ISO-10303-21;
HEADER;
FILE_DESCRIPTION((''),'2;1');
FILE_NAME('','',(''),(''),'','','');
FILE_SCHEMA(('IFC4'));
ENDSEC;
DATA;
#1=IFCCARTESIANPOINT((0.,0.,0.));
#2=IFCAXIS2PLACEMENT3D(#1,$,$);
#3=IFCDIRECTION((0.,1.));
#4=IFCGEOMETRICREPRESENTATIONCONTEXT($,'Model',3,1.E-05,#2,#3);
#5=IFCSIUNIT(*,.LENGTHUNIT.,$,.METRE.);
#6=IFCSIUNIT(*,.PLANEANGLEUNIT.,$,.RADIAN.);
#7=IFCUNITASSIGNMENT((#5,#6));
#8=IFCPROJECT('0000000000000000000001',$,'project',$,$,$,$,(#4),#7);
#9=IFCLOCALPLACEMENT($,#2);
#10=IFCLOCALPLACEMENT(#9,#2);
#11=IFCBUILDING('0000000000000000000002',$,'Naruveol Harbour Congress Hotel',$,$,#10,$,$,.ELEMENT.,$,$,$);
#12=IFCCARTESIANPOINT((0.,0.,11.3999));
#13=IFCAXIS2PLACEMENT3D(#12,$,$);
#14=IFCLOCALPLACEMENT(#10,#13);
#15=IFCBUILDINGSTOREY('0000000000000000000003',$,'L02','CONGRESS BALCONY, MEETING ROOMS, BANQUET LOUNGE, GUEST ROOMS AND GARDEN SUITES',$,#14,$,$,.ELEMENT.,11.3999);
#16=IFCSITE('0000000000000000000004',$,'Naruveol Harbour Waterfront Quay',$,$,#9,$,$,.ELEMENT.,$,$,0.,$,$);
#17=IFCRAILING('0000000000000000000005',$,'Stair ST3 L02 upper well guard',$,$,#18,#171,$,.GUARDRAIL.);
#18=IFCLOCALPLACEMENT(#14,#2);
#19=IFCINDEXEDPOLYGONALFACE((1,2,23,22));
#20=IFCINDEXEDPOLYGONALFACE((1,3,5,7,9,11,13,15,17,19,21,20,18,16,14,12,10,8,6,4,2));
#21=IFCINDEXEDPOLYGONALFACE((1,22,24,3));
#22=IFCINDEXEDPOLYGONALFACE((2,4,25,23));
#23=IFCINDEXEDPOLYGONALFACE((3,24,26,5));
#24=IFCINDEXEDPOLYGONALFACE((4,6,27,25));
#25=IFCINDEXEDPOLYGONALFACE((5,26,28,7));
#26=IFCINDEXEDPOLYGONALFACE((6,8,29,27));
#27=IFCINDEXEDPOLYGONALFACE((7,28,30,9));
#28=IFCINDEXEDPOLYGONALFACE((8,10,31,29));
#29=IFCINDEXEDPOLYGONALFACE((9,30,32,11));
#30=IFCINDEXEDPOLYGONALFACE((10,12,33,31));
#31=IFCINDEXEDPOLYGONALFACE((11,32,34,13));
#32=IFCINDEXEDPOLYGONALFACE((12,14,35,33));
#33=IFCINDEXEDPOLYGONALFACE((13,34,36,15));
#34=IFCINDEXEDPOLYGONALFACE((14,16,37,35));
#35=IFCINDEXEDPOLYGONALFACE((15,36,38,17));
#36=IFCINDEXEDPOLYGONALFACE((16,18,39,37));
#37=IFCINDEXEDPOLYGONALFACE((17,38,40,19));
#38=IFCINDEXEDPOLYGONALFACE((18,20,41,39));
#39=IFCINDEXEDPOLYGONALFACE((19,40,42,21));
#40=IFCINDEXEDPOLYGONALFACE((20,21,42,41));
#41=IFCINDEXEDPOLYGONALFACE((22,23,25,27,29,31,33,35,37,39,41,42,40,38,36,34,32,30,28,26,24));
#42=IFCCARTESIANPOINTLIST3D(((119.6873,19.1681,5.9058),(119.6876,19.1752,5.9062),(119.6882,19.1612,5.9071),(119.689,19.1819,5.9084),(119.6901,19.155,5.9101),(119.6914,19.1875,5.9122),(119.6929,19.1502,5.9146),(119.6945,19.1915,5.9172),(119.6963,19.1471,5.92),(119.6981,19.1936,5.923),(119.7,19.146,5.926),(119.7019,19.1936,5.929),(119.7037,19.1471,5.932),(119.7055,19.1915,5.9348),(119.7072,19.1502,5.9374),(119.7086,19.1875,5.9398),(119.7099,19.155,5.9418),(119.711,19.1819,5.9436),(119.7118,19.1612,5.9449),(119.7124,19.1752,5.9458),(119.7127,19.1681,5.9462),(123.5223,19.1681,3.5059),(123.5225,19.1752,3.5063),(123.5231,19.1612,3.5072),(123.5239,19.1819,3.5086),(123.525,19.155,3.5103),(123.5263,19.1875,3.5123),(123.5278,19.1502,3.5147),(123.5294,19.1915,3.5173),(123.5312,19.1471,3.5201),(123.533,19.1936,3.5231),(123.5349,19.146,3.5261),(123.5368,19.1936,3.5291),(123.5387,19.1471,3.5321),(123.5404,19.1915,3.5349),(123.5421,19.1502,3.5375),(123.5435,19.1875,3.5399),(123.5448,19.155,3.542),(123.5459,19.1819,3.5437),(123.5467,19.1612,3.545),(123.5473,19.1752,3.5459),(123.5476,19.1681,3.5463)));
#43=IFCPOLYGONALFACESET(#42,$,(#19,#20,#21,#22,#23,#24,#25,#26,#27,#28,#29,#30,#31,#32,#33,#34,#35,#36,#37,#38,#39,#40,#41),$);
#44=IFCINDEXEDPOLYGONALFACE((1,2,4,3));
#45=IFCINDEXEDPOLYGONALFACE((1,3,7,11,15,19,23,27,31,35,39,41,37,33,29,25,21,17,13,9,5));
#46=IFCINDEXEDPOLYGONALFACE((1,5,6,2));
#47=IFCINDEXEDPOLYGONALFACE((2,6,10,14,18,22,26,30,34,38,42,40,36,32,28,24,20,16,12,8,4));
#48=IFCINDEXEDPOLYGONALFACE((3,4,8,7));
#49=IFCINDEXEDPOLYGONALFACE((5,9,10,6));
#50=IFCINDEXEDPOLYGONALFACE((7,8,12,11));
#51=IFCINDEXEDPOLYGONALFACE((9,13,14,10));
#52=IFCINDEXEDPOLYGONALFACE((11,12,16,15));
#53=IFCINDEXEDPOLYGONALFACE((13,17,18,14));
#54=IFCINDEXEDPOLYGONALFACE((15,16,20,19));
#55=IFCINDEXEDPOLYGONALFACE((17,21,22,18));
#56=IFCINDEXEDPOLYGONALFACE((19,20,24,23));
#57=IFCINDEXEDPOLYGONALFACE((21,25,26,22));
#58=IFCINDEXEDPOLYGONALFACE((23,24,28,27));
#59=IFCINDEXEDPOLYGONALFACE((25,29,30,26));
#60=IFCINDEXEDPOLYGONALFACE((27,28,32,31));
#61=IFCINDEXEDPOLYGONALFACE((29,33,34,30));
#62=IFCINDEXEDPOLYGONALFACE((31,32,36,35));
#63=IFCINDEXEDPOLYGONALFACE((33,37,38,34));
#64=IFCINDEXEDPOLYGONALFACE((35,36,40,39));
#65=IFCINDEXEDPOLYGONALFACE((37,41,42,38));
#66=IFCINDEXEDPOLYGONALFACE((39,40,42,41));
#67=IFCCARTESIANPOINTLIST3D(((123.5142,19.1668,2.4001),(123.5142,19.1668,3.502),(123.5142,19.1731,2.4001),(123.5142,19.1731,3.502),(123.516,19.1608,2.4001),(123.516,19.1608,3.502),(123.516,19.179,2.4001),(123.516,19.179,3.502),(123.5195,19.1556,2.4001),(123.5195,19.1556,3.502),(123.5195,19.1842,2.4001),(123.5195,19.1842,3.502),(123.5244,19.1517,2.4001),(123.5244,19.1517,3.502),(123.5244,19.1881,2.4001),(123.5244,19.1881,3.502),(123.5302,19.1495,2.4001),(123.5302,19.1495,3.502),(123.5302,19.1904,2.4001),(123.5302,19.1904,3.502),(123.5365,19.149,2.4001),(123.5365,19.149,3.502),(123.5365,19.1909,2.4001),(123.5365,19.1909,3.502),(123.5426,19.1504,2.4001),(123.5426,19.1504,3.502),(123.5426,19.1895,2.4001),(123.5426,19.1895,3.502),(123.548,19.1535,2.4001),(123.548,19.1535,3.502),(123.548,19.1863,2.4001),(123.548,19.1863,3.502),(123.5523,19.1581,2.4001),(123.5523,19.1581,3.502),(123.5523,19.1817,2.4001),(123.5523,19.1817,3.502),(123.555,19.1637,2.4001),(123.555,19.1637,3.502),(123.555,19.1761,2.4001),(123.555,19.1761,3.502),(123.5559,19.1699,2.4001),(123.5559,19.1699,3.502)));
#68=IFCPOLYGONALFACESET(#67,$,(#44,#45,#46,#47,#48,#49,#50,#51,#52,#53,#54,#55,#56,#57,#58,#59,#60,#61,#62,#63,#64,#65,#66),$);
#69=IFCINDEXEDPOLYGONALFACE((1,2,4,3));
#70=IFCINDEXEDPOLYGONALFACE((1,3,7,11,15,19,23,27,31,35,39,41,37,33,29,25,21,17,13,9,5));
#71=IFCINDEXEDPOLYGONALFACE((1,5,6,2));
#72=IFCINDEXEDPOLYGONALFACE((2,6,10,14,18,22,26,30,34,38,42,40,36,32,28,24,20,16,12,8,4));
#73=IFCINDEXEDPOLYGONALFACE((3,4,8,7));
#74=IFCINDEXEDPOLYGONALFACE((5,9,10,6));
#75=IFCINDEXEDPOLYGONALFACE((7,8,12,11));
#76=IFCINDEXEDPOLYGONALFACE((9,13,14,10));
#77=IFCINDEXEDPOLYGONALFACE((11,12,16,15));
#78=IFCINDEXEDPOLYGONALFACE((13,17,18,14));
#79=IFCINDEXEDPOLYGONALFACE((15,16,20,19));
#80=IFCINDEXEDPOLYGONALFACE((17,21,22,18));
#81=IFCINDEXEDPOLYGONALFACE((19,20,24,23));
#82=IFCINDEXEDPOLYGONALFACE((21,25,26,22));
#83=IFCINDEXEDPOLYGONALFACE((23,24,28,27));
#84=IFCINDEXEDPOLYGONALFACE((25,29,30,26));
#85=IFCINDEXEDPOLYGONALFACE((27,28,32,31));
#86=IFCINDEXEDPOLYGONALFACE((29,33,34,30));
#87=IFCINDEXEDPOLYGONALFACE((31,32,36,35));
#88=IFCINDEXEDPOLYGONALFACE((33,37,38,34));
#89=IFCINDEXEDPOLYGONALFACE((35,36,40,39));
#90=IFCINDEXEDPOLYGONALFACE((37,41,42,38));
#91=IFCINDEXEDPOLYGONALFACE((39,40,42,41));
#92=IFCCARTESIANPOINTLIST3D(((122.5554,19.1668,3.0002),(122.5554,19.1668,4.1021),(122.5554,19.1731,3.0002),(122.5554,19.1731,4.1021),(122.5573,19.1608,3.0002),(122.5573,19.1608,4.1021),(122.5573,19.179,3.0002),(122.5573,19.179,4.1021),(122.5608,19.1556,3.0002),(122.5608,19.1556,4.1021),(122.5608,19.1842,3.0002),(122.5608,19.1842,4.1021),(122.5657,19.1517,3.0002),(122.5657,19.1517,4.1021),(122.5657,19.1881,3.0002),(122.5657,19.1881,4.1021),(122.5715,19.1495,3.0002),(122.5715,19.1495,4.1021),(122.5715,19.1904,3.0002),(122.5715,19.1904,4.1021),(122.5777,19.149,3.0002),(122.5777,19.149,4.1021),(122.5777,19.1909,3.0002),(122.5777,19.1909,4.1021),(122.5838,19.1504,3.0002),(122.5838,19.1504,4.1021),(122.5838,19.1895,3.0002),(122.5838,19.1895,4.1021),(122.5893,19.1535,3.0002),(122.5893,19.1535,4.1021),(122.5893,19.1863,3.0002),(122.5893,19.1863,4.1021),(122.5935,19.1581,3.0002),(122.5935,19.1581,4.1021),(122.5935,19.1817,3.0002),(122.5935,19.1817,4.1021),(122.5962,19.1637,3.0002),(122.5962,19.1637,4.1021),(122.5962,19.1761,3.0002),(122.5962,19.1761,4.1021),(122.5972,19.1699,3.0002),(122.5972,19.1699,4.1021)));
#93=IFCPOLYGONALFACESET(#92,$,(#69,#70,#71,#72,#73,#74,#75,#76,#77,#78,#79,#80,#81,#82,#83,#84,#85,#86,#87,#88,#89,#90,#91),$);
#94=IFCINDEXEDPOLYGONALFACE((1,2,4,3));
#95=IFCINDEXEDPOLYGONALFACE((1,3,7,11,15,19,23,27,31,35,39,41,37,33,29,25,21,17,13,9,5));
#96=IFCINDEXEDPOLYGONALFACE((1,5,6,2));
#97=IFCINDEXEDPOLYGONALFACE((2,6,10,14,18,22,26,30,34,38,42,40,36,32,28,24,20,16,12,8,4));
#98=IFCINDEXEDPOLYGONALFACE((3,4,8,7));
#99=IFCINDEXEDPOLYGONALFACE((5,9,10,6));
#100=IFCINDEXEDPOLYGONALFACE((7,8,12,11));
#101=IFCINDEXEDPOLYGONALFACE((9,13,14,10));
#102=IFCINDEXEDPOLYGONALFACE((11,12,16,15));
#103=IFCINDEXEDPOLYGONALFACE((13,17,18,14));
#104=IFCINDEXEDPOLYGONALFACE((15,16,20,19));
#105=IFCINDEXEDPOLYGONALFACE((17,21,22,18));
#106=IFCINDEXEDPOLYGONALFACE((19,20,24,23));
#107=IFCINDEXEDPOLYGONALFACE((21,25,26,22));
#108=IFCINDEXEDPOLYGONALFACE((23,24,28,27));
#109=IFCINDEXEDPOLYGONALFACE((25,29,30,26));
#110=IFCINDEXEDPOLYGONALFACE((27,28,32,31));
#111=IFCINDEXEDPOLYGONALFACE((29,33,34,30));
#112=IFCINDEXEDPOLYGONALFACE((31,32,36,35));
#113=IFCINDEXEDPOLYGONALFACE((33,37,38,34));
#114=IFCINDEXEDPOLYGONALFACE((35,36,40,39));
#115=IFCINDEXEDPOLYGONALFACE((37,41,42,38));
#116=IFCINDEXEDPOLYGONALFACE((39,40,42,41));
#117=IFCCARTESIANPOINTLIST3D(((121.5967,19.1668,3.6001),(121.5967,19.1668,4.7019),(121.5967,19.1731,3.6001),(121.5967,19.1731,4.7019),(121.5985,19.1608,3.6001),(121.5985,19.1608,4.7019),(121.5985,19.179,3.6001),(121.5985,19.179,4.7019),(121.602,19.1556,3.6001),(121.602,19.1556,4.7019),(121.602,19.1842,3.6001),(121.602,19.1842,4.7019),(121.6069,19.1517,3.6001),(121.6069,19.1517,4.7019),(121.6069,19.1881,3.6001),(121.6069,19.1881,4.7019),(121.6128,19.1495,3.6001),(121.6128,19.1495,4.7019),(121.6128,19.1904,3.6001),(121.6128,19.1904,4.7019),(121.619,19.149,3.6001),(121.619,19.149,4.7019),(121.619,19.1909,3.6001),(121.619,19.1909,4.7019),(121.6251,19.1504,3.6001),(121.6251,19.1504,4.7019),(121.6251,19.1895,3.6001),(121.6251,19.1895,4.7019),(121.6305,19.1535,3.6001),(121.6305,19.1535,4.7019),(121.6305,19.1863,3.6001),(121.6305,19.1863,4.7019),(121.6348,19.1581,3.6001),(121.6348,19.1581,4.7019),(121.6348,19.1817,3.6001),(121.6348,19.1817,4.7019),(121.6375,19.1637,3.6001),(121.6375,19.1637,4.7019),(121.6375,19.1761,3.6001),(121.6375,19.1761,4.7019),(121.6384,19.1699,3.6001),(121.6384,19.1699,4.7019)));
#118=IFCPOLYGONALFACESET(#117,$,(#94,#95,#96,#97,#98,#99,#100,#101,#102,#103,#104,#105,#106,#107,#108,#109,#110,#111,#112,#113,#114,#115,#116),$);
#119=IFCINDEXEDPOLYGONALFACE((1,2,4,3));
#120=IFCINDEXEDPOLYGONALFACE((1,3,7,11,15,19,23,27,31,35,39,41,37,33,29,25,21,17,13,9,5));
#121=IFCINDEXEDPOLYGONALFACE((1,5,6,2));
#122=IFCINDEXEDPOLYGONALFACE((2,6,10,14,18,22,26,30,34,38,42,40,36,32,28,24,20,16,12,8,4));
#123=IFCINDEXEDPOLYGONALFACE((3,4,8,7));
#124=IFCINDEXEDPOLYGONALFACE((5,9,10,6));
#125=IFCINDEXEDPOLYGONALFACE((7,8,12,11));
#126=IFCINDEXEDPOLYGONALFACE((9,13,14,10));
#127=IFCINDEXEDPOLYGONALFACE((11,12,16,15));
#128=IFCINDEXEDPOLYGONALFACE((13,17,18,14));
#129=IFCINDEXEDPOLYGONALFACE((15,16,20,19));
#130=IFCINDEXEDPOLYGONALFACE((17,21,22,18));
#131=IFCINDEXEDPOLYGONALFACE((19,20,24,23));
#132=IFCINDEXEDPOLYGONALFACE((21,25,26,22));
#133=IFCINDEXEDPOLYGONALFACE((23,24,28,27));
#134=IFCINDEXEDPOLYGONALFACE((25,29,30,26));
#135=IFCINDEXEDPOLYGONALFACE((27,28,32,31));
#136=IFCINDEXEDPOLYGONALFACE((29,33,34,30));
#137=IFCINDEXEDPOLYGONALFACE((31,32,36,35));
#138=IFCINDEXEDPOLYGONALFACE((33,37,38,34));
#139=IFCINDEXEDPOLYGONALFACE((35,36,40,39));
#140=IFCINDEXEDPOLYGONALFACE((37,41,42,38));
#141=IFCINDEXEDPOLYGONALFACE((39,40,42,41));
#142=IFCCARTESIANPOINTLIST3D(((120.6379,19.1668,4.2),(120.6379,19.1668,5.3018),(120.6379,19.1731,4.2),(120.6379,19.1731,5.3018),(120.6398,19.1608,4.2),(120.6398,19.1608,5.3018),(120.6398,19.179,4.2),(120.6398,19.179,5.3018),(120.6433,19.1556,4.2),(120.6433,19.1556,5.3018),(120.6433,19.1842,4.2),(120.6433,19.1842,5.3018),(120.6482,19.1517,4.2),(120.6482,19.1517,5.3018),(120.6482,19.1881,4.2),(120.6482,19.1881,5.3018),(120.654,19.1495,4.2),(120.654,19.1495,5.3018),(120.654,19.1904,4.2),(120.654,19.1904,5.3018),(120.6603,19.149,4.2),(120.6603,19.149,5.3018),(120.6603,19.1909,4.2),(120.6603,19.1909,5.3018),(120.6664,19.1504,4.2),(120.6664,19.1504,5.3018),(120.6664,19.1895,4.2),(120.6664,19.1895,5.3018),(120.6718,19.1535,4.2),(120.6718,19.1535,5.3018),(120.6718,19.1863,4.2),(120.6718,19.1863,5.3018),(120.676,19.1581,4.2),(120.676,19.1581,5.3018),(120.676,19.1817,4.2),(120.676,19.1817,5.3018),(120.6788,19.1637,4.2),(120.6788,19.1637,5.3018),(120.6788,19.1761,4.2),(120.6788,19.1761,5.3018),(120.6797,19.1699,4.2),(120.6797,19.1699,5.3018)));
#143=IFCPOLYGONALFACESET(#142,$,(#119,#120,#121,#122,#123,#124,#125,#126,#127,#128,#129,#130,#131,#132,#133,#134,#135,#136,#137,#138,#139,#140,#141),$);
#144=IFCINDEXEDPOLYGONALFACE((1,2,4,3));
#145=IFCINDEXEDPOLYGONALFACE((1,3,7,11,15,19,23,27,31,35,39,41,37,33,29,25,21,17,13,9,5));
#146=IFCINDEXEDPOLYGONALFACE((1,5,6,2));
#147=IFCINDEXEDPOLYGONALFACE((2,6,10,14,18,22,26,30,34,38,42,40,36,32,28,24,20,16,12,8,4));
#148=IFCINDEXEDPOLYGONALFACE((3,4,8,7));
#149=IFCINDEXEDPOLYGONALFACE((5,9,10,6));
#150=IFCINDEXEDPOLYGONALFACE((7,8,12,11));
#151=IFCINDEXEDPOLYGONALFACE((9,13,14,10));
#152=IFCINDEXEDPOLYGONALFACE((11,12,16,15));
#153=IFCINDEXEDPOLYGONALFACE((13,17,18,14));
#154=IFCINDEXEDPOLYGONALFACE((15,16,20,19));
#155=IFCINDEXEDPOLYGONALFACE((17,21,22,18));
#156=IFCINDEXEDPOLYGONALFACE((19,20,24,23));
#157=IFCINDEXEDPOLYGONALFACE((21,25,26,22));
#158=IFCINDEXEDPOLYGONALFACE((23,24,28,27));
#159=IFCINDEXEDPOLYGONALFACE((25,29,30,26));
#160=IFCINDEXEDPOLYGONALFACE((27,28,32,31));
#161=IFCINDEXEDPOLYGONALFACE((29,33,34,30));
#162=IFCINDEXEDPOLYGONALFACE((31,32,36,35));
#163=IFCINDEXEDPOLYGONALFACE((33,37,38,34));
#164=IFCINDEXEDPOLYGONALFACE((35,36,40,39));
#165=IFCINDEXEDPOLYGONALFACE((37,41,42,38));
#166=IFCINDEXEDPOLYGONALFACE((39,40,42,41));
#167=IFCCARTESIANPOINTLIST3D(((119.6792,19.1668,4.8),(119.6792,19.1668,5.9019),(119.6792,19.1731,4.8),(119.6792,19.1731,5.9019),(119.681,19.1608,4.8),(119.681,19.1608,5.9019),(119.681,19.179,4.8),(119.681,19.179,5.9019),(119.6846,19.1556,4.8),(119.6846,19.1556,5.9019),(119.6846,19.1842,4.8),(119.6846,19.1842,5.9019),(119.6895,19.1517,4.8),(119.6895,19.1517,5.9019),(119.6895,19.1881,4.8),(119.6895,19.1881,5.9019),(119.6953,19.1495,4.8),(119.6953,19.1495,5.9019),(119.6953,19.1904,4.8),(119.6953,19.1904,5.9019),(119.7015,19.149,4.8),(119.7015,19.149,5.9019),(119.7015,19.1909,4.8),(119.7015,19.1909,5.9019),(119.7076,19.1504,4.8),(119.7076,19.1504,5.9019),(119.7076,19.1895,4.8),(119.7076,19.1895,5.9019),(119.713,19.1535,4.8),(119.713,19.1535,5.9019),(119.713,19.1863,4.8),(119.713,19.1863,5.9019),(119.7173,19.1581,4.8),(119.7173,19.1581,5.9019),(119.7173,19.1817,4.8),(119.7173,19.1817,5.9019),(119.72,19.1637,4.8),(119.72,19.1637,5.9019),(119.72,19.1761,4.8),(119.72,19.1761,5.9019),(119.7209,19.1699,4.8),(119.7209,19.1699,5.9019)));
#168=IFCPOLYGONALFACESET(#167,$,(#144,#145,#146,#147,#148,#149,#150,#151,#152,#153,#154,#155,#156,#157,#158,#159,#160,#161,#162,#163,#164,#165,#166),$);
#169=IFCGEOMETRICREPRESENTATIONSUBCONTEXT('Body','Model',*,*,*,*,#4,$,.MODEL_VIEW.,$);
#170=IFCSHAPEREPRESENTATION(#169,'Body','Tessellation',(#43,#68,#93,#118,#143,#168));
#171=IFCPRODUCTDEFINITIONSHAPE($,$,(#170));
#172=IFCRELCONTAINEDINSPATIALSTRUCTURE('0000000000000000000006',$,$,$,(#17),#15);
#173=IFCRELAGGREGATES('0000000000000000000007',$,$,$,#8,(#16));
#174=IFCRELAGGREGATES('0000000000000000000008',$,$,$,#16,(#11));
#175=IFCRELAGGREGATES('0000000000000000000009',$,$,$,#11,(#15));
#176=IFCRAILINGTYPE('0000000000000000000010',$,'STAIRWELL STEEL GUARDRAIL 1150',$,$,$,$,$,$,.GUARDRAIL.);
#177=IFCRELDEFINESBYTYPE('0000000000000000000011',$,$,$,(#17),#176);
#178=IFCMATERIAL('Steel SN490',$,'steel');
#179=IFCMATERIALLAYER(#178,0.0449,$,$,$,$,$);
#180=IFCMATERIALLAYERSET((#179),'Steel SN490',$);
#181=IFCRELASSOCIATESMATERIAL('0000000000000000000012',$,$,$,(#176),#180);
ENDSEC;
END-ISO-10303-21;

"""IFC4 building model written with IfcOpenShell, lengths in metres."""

from ifc_helpers import new_model, si_unit, direction, frame, origin, origin_2d, place, context, subcontext, project, spatial, circle, extrude, material, layer, layer_set, type_object, element, save


model = new_model("IFC4")

# Units and contexts
model_context = context("Model", 3, precision=1e-05, world=origin(), true_north=direction((0.0, 1.0)))
body_context = subcontext(model_context, "Body", "Model", "MODEL_VIEW")
ifc_project = project(units=[si_unit("LENGTHUNIT", "METRE"), si_unit("PLANEANGLEUNIT", "RADIAN")], contexts=[model_context])

# Site, building, storey
site_placement = place(None, origin())
site = spatial("IfcSite", under=ifc_project, at=site_placement, Name="Naruveol Harbour Waterfront Quay", CompositionType="ELEMENT", RefElevation=0.0)
building_placement = place(site_placement, origin())
building = spatial("IfcBuilding", under=site, at=building_placement, Name="Naruveol Harbour Congress Hotel", CompositionType="ELEMENT")
storey_placement = place(building_placement, frame((0.0, 0.0, 11.3999)))
storey = spatial("IfcBuildingStorey", under=building, at=storey_placement, Name="L02", Description="CONGRESS BALCONY, MEETING ROOMS, BANQUET LOUNGE, GUEST ROOMS AND GARDEN SUITES", CompositionType="ELEMENT", Elevation=11.3999)

# Railing
ifc_material_1 = material(Name="Steel SN490", Category="steel")
ifc_layer_1 = layer(ifc_material_1, 0.0449)
ifc_layer_set_1 = layer_set([ifc_layer_1], Name="Steel SN490")
railing_type_1 = type_object("IfcRailingType", Name="STAIRWELL STEEL GUARDRAIL 1150", PredefinedType="GUARDRAIL", material=ifc_layer_set_1)
railing_1_placement = place(storey_placement, frame((123.5349, 19.1699, 2.4001)))
element("IfcRailing", 1, at=railing_1_placement, inside=storey, type_object=railing_type_1, Name="Stair ST3 L02 upper well guard", PredefinedType="GUARDRAIL", context=body_context, shape_type="SweptSolid", body=[
    extrude(circle(Radius=0.0239, at=origin_2d()), frame((0.0, 0.0, 1.126), z_axis=(-0.847695, 0.0, 0.530484), x_axis=(0.0, -1.0, 0.0)), (0.0, 0.0, 1.0), 4.5239),
    extrude(circle(Radius=0.021, at=origin_2d()), origin(), (0.0, 0.0, 1.0), 1.1018),
    extrude(circle(Radius=0.021, at=origin_2d()), frame((-0.9587, 0.0, 0.6001)), (0.0, 0.0, 1.0), 1.1018),
    extrude(circle(Radius=0.021, at=origin_2d()), frame((-1.9175, 0.0, 1.2)), (0.0, 0.0, 1.0), 1.1018),
    extrude(circle(Radius=0.021, at=origin_2d()), frame((-2.8762, 0.0, 1.7998)), (0.0, 0.0, 1.0), 1.1018),
    extrude(circle(Radius=0.021, at=origin_2d()), frame((-3.835, 0.0, 2.3999)), (0.0, 0.0, 1.0), 1.1018),
])

save(model, "model.ifc")
